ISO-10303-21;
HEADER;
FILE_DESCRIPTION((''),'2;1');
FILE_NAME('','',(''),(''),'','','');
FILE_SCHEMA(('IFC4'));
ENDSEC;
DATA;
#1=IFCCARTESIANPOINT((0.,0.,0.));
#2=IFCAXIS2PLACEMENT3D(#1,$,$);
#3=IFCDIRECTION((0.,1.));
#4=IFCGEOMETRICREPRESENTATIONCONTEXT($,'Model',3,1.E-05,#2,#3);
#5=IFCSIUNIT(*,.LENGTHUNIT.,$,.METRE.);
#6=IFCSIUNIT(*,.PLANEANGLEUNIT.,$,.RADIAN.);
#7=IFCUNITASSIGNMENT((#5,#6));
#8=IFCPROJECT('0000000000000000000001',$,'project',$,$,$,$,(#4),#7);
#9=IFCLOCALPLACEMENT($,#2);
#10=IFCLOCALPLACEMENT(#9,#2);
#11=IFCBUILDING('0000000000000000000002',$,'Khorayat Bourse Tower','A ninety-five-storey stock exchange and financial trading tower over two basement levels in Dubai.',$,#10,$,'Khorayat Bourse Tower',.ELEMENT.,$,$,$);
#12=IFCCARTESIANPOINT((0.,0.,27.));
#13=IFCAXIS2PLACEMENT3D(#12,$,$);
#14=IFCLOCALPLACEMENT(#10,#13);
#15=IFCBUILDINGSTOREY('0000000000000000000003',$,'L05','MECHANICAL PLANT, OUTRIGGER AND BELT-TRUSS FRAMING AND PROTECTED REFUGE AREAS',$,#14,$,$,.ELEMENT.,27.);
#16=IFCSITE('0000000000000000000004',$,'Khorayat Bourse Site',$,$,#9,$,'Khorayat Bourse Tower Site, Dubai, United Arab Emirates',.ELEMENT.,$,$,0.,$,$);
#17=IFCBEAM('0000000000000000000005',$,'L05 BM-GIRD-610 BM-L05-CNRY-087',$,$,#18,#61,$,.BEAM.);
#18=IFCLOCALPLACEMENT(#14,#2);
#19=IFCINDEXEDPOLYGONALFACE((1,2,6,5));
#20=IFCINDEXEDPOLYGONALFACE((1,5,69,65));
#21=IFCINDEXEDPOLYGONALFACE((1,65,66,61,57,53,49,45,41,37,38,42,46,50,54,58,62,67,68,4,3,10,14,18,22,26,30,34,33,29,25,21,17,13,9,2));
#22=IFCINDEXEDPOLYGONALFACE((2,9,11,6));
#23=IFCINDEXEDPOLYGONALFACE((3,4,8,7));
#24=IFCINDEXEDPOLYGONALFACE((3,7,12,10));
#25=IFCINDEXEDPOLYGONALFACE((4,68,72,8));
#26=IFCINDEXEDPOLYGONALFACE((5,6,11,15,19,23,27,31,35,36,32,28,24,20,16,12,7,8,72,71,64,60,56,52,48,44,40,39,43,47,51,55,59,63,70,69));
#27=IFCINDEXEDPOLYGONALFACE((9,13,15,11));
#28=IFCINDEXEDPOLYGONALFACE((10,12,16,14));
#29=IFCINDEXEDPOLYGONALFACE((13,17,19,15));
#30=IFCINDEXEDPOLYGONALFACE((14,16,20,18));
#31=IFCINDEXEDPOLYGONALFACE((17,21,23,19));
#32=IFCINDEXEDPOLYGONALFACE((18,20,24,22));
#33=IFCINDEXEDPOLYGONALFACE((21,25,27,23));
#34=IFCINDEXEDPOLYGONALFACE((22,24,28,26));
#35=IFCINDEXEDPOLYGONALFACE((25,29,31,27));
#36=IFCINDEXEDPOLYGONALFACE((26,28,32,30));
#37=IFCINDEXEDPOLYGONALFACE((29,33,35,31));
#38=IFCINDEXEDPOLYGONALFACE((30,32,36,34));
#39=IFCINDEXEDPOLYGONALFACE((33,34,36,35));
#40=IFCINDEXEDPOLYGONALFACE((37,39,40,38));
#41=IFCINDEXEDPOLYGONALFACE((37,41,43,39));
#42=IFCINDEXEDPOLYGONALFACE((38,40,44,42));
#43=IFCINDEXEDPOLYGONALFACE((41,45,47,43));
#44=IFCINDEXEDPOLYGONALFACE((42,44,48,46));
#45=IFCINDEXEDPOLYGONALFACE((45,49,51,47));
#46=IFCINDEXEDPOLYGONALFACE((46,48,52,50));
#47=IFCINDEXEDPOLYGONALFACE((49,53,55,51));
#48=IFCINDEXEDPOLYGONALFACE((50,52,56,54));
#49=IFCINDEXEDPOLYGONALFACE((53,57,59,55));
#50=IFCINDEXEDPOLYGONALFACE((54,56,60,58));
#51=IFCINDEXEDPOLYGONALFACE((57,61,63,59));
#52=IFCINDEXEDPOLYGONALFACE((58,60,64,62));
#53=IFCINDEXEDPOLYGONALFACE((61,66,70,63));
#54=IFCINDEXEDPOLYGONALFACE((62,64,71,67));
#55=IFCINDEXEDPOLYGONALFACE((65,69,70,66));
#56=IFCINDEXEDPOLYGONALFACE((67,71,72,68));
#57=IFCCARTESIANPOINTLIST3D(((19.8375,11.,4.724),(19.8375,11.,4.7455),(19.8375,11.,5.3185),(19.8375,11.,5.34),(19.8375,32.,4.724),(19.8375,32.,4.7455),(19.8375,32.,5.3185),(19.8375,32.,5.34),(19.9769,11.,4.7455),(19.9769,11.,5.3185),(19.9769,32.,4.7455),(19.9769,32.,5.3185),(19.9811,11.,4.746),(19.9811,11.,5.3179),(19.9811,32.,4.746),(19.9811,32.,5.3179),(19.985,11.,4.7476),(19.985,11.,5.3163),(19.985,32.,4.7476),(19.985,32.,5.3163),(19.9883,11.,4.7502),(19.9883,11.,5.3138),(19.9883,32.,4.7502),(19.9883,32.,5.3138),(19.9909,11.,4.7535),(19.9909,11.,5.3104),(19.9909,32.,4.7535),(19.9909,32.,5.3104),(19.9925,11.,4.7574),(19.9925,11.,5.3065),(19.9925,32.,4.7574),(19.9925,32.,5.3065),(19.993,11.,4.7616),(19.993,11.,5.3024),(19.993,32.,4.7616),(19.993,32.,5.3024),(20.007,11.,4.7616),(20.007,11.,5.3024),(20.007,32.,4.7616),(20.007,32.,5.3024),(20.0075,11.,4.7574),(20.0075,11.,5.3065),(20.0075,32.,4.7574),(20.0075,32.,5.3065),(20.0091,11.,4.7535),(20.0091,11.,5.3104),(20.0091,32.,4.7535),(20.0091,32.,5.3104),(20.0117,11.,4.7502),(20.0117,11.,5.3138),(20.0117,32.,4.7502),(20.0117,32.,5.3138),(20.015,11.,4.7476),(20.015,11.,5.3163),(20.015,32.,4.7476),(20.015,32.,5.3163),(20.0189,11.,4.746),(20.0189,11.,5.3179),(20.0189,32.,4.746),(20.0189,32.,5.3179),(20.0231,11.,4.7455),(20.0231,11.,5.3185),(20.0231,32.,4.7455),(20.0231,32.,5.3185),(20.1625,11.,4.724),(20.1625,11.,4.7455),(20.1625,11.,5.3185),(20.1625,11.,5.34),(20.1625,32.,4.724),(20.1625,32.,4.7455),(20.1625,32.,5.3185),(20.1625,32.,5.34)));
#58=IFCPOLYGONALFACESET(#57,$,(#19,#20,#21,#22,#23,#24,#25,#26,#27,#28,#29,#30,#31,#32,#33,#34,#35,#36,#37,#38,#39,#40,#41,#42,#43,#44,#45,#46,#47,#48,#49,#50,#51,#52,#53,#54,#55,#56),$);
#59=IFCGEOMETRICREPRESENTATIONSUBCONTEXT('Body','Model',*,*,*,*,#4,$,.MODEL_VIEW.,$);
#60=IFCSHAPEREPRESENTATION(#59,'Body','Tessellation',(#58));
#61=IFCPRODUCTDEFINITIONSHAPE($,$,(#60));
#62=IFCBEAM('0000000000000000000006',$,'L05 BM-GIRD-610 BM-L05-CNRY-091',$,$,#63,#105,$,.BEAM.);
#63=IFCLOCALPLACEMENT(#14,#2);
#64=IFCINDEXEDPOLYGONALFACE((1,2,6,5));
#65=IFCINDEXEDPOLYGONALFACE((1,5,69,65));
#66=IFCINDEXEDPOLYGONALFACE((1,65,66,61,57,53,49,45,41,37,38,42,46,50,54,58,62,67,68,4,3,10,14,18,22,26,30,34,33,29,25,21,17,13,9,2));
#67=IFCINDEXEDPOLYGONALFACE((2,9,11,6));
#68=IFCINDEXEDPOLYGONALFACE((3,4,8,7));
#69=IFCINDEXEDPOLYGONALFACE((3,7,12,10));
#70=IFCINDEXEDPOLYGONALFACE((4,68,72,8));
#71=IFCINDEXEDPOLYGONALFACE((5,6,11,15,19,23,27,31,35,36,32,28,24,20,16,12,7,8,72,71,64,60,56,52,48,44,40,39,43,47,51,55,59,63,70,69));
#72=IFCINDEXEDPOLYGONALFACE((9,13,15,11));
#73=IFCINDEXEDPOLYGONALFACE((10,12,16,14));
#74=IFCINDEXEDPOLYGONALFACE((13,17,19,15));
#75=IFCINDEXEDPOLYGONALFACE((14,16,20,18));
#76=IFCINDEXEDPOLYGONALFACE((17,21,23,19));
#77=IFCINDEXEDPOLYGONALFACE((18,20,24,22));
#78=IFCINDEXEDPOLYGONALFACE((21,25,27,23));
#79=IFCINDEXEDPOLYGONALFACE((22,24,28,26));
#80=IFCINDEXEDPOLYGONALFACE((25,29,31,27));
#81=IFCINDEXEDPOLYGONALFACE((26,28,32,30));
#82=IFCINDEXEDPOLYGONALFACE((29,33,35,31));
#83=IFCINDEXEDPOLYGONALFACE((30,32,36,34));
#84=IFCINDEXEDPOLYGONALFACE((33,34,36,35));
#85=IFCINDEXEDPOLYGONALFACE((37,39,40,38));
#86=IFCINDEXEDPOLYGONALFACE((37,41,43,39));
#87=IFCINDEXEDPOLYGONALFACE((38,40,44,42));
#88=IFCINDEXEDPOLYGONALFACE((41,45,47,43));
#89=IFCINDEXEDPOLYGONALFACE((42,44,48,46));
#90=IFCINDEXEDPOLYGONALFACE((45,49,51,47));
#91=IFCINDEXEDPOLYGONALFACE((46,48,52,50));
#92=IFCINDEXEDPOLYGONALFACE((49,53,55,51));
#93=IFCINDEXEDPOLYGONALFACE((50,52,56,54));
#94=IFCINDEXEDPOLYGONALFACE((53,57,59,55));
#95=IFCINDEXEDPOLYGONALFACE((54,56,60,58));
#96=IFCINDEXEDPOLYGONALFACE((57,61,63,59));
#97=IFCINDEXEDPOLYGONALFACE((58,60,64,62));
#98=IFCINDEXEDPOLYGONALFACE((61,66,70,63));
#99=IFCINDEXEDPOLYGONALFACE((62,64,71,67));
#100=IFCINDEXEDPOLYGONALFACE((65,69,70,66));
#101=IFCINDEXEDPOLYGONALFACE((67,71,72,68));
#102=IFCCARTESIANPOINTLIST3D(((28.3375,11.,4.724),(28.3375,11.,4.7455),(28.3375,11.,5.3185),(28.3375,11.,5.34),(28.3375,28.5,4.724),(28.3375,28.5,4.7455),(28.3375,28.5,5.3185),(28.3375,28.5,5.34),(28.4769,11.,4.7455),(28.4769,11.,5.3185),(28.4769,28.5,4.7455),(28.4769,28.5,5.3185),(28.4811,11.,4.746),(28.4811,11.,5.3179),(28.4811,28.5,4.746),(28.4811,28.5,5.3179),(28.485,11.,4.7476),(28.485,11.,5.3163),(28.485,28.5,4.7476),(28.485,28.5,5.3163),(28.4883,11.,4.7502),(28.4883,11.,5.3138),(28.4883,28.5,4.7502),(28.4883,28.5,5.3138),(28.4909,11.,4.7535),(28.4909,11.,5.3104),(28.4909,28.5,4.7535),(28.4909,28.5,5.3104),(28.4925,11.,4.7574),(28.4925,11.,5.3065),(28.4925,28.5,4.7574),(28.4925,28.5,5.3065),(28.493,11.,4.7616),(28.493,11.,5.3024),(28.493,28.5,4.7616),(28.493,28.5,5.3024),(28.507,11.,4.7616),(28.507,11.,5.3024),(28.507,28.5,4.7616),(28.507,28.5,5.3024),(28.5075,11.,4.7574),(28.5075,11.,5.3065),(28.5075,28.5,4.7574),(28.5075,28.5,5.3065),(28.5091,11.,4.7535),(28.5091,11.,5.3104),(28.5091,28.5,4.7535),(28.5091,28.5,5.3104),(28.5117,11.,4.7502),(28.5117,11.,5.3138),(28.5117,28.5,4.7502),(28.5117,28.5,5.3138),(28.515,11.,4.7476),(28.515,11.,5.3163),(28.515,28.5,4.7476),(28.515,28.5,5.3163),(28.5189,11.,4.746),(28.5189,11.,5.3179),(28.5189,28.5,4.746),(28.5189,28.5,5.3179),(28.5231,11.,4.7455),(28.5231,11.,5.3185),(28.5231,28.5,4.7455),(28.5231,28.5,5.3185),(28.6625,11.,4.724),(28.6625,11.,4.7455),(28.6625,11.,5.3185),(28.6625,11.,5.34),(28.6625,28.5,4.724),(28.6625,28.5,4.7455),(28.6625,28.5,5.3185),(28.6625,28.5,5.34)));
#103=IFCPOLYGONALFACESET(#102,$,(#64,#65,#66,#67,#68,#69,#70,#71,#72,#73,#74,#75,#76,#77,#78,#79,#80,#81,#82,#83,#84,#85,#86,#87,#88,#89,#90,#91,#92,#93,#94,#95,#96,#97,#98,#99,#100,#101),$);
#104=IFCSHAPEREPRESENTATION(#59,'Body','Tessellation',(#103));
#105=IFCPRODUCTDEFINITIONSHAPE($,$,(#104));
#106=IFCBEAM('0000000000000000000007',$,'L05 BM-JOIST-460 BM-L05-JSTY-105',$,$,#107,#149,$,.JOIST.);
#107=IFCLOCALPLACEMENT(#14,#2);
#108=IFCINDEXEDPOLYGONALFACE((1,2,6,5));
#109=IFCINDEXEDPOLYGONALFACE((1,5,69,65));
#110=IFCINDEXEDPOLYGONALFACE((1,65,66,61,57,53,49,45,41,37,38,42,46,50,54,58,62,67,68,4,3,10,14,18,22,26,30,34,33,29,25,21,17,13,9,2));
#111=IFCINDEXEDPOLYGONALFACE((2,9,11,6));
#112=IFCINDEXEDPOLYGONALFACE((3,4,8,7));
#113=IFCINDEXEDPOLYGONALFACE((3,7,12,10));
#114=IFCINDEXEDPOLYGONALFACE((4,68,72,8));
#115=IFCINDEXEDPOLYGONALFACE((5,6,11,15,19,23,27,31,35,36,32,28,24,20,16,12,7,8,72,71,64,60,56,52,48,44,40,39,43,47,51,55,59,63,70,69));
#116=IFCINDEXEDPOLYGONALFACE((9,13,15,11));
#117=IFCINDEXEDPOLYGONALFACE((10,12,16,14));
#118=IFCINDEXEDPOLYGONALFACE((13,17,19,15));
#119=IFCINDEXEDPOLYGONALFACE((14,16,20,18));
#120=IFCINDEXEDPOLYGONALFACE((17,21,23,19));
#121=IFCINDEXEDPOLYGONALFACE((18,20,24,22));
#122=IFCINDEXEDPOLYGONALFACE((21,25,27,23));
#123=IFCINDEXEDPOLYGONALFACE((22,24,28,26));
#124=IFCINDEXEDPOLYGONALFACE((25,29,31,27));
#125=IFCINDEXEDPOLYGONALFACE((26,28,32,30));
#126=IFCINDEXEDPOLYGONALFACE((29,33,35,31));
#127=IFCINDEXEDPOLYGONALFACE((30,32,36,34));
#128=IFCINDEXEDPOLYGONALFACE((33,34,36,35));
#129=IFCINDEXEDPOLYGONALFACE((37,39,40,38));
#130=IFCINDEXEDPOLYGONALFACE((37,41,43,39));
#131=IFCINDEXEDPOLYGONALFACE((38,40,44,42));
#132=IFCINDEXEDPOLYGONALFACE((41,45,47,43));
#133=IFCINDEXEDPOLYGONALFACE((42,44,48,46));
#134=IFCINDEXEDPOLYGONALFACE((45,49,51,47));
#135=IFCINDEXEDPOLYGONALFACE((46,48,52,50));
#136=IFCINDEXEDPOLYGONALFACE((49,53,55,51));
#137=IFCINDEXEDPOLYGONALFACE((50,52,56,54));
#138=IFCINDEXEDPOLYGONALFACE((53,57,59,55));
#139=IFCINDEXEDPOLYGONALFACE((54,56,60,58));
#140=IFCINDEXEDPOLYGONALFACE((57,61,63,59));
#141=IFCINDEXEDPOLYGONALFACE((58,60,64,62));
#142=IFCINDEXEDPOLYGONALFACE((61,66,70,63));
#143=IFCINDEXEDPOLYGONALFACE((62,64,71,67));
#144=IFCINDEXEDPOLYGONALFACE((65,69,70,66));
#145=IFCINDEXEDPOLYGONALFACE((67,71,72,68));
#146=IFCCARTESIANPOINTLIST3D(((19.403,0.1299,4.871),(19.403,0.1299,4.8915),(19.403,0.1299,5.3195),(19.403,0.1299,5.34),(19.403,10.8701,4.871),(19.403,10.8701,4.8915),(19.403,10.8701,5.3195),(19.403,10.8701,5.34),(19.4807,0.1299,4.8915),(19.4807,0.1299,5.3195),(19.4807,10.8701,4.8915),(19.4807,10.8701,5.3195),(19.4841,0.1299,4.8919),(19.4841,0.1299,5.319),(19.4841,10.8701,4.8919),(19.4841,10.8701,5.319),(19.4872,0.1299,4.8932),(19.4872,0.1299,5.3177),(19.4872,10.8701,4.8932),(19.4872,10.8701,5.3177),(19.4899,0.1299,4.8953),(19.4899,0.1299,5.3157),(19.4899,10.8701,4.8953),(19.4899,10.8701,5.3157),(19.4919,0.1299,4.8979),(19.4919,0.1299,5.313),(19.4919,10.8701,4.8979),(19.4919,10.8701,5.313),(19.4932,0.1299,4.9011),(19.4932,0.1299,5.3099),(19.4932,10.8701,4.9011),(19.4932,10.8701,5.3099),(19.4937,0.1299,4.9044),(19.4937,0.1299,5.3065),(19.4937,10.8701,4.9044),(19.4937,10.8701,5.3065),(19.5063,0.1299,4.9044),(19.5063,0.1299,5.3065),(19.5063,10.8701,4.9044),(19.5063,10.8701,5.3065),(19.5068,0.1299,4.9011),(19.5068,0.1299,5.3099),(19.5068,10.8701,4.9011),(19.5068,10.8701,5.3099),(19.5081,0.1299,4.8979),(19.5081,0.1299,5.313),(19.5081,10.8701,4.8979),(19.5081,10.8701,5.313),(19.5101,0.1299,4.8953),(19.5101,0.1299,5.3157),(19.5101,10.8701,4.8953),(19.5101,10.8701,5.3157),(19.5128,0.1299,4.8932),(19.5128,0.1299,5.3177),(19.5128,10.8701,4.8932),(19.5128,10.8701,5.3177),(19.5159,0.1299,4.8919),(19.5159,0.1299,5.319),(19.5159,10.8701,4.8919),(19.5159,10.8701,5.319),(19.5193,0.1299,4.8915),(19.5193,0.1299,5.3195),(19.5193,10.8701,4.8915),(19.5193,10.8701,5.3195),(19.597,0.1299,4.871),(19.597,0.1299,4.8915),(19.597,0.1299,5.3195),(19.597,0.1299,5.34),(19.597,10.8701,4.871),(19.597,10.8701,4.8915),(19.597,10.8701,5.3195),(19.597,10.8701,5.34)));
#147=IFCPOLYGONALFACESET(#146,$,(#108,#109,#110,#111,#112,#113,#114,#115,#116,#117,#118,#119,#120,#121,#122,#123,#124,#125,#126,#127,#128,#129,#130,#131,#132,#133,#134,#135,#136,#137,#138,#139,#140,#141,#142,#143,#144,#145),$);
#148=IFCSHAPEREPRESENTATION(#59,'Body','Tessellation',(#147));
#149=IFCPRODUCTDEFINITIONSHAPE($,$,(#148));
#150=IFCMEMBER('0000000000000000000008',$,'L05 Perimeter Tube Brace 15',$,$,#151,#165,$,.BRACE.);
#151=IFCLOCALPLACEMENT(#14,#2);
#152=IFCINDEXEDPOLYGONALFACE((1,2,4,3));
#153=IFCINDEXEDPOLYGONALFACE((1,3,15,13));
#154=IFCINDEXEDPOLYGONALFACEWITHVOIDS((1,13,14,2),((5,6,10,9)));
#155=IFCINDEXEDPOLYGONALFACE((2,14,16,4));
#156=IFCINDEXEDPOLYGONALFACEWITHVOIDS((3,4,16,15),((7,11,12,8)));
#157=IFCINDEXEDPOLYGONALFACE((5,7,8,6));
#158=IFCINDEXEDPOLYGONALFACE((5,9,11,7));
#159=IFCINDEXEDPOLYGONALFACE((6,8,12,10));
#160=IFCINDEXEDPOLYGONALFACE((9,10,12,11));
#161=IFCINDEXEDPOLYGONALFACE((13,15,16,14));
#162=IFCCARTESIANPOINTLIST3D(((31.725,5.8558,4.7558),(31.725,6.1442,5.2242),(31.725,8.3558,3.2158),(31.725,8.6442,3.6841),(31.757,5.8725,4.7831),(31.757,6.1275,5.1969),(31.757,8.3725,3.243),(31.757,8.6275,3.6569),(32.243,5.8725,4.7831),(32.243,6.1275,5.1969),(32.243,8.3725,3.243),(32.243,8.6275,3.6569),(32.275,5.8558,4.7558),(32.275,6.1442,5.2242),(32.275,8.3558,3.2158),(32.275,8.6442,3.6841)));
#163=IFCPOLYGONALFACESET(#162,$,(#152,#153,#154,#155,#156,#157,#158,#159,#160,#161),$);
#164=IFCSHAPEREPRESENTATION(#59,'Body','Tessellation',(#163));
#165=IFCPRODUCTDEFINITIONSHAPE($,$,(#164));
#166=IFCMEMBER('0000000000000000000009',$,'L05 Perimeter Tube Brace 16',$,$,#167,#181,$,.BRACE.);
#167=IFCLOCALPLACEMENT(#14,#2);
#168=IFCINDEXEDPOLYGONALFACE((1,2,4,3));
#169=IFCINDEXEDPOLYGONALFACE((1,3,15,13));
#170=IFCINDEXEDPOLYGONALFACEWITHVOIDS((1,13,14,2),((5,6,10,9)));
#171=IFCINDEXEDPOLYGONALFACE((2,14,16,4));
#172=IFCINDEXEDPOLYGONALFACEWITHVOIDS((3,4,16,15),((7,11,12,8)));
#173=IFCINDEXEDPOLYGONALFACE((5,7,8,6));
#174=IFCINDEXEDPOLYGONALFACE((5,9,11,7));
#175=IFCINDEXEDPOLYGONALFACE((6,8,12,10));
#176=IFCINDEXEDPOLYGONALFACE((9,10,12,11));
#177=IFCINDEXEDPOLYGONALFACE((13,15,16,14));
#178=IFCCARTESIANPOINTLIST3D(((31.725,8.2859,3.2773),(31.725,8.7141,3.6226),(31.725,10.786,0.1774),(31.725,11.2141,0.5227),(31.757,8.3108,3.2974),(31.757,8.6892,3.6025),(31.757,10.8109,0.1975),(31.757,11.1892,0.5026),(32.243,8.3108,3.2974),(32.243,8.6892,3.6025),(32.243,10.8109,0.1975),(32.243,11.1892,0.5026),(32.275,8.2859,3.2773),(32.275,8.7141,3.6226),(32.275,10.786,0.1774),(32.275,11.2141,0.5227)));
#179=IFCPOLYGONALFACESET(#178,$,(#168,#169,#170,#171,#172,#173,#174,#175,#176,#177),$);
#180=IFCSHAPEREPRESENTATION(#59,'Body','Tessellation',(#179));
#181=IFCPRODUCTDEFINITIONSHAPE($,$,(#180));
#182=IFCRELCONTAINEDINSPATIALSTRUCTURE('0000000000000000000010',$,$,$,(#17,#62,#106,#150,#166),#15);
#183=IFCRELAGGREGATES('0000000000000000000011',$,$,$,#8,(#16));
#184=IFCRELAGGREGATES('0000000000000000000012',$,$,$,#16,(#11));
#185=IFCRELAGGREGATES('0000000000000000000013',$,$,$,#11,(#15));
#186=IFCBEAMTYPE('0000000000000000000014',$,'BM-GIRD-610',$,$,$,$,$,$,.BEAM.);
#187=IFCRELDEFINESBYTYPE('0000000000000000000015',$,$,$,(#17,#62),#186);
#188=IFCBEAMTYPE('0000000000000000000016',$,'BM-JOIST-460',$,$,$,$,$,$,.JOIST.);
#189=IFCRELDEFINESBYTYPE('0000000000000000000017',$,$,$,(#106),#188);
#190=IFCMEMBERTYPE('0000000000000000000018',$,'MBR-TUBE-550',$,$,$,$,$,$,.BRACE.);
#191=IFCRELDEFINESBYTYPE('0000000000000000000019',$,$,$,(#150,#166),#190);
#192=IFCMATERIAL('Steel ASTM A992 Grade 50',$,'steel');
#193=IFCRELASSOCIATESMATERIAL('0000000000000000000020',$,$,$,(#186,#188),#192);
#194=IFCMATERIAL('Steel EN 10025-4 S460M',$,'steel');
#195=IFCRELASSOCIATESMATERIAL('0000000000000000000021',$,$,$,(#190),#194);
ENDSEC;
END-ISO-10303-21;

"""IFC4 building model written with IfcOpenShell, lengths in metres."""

from ifc_helpers import new_model, si_unit, direction, frame, origin, origin_2d, place, context, subcontext, project, spatial, hollow_rectangle, i_section, extrude, source, transform, mapped, material, material_profile, profile_set, type_object, element, save


model = new_model("IFC4")

# Units and contexts
model_context = context("Model", 3, precision=1e-05, world=origin(), true_north=direction((0.0, 1.0)))
body_context = subcontext(model_context, "Body", "Model", "MODEL_VIEW")
ifc_project = project(units=[si_unit("LENGTHUNIT", "METRE"), si_unit("PLANEANGLEUNIT", "RADIAN")], contexts=[model_context])

# Site, building, storey
site_placement = place(None, origin())
site = spatial("IfcSite", under=ifc_project, at=site_placement, Name="Khorayat Bourse Site", LongName="Khorayat Bourse Tower Site, Dubai, United Arab Emirates", CompositionType="ELEMENT", RefElevation=0.0)
building_placement = place(site_placement, origin())
building = spatial("IfcBuilding", under=site, at=building_placement, Name="Khorayat Bourse Tower", Description="A ninety-five-storey stock exchange and financial trading tower over two basement levels in Dubai.", LongName="Khorayat Bourse Tower", CompositionType="ELEMENT")
storey_placement = place(building_placement, frame((0.0, 0.0, 27.0)))
storey = spatial("IfcBuildingStorey", under=building, at=storey_placement, Name="L05", Description="MECHANICAL PLANT, OUTRIGGER AND BELT-TRUSS FRAMING AND PROTECTED REFUGE AREAS", CompositionType="ELEMENT", Elevation=27.0)

# Shared definitions
ifc_material_1 = material(Name="Steel EN 10025-4 S460M", Category="steel")

# Beams
ifc_material_2 = material(Name="Steel ASTM A992 Grade 50", Category="steel")
ifc_material_profile_1 = material_profile(ifc_material_2, i_section(OverallWidth=0.325, OverallDepth=0.616, WebThickness=0.0139, FlangeThickness=0.0215, FilletRadius=0.0161, at=origin_2d()), Name="W610X174")
ifc_profile_set_1 = profile_set([ifc_material_profile_1], Name="Steel ASTM A992 Grade 50")
beam_type_1 = type_object("IfcBeamType", Name="BM-GIRD-610", PredefinedType="BEAM", material=ifc_profile_set_1)
shared_shape_1 = source(origin(), body_context, "Body", "SweptSolid", [
    extrude(i_section(OverallWidth=0.325, OverallDepth=0.616, WebThickness=0.0139, FlangeThickness=0.0215, FilletRadius=0.0161, at=origin_2d()), origin(), (0.0, 0.0, 1.0), 21.0),
])
beam_1_placement = place(storey_placement, frame((20.0, 11.0, 5.032), z_axis=(0.0, 1.0, 0.0), x_axis=(-1.0, 0.0, 0.0)))
element("IfcBeam", 1, at=beam_1_placement, inside=storey, type_object=beam_type_1, Name="L05 BM-GIRD-610 BM-L05-CNRY-087", PredefinedType="BEAM", context=body_context, shape_type="MappedRepresentation", body=[
    mapped(shared_shape_1, transform((0.0, 0.0, 0.0), scale=1.0)),
])
shared_shape_2 = source(origin(), body_context, "Body", "SweptSolid", [
    extrude(i_section(OverallWidth=0.325, OverallDepth=0.616, WebThickness=0.0139, FlangeThickness=0.0215, FilletRadius=0.0161, at=origin_2d()), origin(), (0.0, 0.0, 1.0), 17.5),
])
beam_2_placement = place(storey_placement, frame((28.5, 11.0, 5.032), z_axis=(0.0, 1.0, 0.0), x_axis=(-1.0, 0.0, 0.0)))
element("IfcBeam", 2, at=beam_2_placement, inside=storey, type_object=beam_type_1, Name="L05 BM-GIRD-610 BM-L05-CNRY-091", PredefinedType="BEAM", context=body_context, shape_type="MappedRepresentation", body=[
    mapped(shared_shape_2, transform((0.0, 0.0, 0.0), scale=1.0)),
])
ifc_material_profile_2 = material_profile(ifc_material_2, i_section(OverallWidth=0.1941, OverallDepth=0.469, WebThickness=0.0127, FlangeThickness=0.0205, FilletRadius=0.0129, at=origin_2d()), Name="W460X106")
ifc_profile_set_2 = profile_set([ifc_material_profile_2], Name="Steel ASTM A992 Grade 50")
beam_type_2 = type_object("IfcBeamType", Name="BM-JOIST-460", PredefinedType="JOIST", material=ifc_profile_set_2)
shared_shape_3 = source(origin(), body_context, "Body", "SweptSolid", [
    extrude(i_section(OverallWidth=0.1941, OverallDepth=0.469, WebThickness=0.0127, FlangeThickness=0.0205, FilletRadius=0.0129, at=origin_2d()), origin(), (0.0, 0.0, 1.0), 10.7402),
])
beam_3_placement = place(storey_placement, frame((19.5, 0.1299, 5.1055), z_axis=(0.0, 1.0, 0.0), x_axis=(-1.0, 0.0, 0.0)))
element("IfcBeam", 3, at=beam_3_placement, inside=storey, type_object=beam_type_2, Name="L05 BM-JOIST-460 BM-L05-JSTY-105", PredefinedType="JOIST", context=body_context, shape_type="MappedRepresentation", body=[
    mapped(shared_shape_3, transform((0.0, 0.0, 0.0), scale=1.0)),
])

# Members
ifc_material_profile_3 = material_profile(ifc_material_1, hollow_rectangle(XDim=0.55, YDim=0.55, WallThickness=0.032, at=origin_2d()), Name="HSS 550x550x32")
ifc_profile_set_3 = profile_set([ifc_material_profile_3], Name="Steel EN 10025-4 S460M")
member_type_1 = type_object("IfcMemberType", Name="MBR-TUBE-550", PredefinedType="BRACE", material=ifc_profile_set_3)
shared_shape_4 = source(origin(), body_context, "Body", "SweptSolid", [
    extrude(hollow_rectangle(XDim=0.55, YDim=0.55, WallThickness=0.032, at=origin_2d()), origin(), (0.0, 0.0, 1.0), 2.9363),
])
member_1_placement = place(storey_placement, frame((32.0, 6.0, 4.99), z_axis=(0.0, 0.851418, -0.524487), x_axis=(-1.0, 0.0, 0.0)))
element("IfcMember", 4, at=member_1_placement, inside=storey, type_object=member_type_1, Name="L05 Perimeter Tube Brace 15", PredefinedType="BRACE", context=body_context, shape_type="MappedRepresentation", body=[
    mapped(shared_shape_4, transform((0.0, 0.0, 0.0), scale=1.0)),
])
shared_shape_5 = source(origin(), body_context, "Body", "SweptSolid", [
    extrude(hollow_rectangle(XDim=0.55, YDim=0.55, WallThickness=0.032, at=origin_2d()), origin(), (0.0, 0.0, 1.0), 3.9824),
])
member_2_placement = place(storey_placement, frame((32.0, 8.5, 3.45), z_axis=(0.0, 0.62777, -0.778399), x_axis=(-1.0, 0.0, 0.0)))
element("IfcMember", 5, at=member_2_placement, inside=storey, type_object=member_type_1, Name="L05 Perimeter Tube Brace 16", PredefinedType="BRACE", context=body_context, shape_type="MappedRepresentation", body=[
    mapped(shared_shape_5, transform((0.0, 0.0, 0.0), scale=1.0)),
])

save(model, "model.ifc")
